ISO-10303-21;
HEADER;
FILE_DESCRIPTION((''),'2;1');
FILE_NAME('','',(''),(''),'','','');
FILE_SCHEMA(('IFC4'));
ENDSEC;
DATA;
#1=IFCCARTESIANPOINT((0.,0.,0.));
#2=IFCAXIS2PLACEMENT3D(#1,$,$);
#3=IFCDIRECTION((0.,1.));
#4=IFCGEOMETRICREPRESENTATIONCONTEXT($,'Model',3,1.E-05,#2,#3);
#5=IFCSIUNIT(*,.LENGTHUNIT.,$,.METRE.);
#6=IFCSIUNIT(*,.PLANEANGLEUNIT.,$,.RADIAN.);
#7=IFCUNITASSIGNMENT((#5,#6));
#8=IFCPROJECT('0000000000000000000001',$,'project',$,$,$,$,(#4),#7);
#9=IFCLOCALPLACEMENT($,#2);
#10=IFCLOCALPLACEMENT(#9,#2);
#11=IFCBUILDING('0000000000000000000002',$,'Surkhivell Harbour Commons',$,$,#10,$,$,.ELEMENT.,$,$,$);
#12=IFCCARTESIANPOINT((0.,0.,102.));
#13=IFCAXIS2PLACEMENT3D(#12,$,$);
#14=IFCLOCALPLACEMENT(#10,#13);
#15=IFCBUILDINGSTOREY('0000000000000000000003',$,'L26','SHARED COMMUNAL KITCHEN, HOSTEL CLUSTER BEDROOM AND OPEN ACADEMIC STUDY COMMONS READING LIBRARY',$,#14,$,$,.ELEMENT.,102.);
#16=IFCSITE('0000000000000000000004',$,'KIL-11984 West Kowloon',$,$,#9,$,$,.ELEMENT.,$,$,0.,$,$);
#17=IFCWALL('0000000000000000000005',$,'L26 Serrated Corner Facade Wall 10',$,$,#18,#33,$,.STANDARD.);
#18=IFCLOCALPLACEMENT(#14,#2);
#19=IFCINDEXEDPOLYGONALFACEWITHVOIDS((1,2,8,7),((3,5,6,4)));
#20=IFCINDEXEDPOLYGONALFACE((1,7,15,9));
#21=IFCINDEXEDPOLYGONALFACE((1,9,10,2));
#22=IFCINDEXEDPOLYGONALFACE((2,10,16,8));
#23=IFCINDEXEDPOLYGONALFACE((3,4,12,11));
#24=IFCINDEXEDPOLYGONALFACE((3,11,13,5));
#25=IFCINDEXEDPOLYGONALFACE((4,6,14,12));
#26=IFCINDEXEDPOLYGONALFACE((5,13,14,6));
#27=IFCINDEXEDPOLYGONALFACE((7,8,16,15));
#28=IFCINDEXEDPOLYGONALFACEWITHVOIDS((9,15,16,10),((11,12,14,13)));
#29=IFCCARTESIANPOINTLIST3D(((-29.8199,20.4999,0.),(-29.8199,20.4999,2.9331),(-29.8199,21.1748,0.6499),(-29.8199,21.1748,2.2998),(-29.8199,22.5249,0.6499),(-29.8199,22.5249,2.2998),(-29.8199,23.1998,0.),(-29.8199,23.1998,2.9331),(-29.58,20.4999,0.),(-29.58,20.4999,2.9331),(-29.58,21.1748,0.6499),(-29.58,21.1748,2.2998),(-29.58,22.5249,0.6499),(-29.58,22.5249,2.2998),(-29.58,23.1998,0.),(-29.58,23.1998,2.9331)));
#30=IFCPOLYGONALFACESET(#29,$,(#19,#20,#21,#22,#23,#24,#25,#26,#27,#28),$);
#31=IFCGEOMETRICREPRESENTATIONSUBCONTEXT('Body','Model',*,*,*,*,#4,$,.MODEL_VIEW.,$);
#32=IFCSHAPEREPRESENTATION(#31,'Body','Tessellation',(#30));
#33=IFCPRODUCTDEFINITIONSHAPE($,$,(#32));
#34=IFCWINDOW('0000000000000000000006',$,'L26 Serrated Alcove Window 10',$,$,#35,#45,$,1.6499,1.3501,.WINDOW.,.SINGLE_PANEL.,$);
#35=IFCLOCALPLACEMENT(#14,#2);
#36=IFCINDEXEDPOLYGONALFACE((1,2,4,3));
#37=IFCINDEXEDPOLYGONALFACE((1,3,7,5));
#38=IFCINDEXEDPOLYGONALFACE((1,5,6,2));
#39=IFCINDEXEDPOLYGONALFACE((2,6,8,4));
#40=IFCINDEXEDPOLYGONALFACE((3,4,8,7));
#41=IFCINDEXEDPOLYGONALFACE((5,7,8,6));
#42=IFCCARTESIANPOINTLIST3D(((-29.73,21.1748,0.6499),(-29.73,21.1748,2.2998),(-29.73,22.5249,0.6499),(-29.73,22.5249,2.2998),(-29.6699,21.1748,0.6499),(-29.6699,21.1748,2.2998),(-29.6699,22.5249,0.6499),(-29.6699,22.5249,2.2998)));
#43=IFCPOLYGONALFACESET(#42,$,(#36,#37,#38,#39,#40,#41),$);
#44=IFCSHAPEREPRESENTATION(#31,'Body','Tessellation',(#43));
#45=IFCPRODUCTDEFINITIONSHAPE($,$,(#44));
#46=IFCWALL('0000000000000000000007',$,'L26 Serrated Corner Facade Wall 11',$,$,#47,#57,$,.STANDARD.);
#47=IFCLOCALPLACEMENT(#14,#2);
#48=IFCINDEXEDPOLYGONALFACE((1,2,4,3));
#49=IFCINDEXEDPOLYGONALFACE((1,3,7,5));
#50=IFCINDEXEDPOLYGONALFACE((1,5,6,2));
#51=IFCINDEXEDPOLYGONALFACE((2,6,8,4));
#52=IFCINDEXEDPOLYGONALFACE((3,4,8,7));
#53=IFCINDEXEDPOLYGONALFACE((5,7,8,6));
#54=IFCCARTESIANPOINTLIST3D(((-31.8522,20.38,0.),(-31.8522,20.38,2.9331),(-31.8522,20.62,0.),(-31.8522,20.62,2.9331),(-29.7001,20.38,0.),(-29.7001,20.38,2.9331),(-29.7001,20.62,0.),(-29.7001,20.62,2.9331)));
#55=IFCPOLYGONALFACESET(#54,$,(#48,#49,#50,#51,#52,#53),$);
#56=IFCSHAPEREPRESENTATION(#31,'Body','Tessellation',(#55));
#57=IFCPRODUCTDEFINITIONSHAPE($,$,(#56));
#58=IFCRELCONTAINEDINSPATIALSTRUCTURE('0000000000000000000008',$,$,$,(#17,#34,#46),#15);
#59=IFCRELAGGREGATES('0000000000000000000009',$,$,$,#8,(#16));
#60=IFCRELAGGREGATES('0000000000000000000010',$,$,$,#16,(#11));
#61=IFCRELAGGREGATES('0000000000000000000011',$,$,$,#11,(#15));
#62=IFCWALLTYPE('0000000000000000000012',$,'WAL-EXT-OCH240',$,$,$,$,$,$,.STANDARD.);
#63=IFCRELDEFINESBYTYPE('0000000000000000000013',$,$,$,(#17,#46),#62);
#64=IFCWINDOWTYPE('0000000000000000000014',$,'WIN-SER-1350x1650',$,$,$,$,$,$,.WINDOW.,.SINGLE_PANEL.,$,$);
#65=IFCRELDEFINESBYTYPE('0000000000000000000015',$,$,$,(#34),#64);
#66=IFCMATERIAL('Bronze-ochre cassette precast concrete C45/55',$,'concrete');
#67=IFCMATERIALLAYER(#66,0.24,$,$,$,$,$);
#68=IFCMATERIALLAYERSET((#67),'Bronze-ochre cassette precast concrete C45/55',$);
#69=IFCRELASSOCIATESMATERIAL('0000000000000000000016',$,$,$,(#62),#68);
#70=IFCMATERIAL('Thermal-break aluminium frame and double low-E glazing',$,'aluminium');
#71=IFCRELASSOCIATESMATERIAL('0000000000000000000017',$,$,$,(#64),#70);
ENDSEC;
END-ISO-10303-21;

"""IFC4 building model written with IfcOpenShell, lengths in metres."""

from ifc_helpers import new_model, si_unit, direction, frame, frame_2d, origin, place, context, subcontext, project, spatial, rectangle, extrude, material, layer, layer_set, type_object, element, fill, save


model = new_model("IFC4")

# Units and contexts
model_context = context("Model", 3, precision=1e-05, world=origin(), true_north=direction((0.0, 1.0)))
body_context = subcontext(model_context, "Body", "Model", "MODEL_VIEW")
ifc_project = project(units=[si_unit("LENGTHUNIT", "METRE"), si_unit("PLANEANGLEUNIT", "RADIAN")], contexts=[model_context])

# Site, building, storey
site_placement = place(None, origin())
site = spatial("IfcSite", under=ifc_project, at=site_placement, Name="KIL-11984 West Kowloon", CompositionType="ELEMENT", RefElevation=0.0)
building_placement = place(site_placement, origin())
building = spatial("IfcBuilding", under=site, at=building_placement, Name="Surkhivell Harbour Commons", CompositionType="ELEMENT")
storey_placement = place(building_placement, frame((0.0, 0.0, 102.0)))
storey = spatial("IfcBuildingStorey", under=building, at=storey_placement, Name="L26", Description="SHARED COMMUNAL KITCHEN, HOSTEL CLUSTER BEDROOM AND OPEN ACADEMIC STUDY COMMONS READING LIBRARY", CompositionType="ELEMENT", Elevation=102.0)

# Shared definitions
ifc_material_1 = material(Name="Bronze-ochre cassette precast concrete C45/55", Category="concrete")
ifc_layer_1 = layer(ifc_material_1, 0.24)
ifc_layer_set_1 = layer_set([ifc_layer_1], Name="Bronze-ochre cassette precast concrete C45/55")
wall_type = type_object("IfcWallType", Name="WAL-EXT-OCH240", PredefinedType="STANDARD", material=ifc_layer_set_1)

# Wall, opening, window
wall_1_placement = place(storey_placement, frame((-29.7, 23.2, 0.0), z_axis=(0.0, 0.0, 1.0), x_axis=(0.0, -1.0, 0.0)))
wall_1 = element("IfcWall", 1, at=wall_1_placement, inside=storey, type_object=wall_type, Name="L26 Serrated Corner Facade Wall 10", PredefinedType="STANDARD", context=body_context, shape_type="SweptSolid", body=[
    extrude(rectangle(XDim=2.7, YDim=0.24, at=frame_2d((1.3501, 0.0))), origin(), (0.0, 0.0, 1.0), 2.9331),
])
opening_placement = place(wall_1_placement, frame((0.675, 0.0, 0.6499)))
opening = element("IfcOpeningElement", 2, at=opening_placement, cuts=wall_1, PredefinedType="OPENING", context=body_context, shape_type="SweptSolid", body=[
    extrude(rectangle(XDim=1.3501, YDim=1.6499, at=frame_2d((0.675, 0.825))), frame((0.0, 0.1299, 0.0), z_axis=(0.0, -1.0, 0.0), x_axis=(1.0, 0.0, 0.0)), (0.0, 0.0, 1.0), 0.26),
])
ifc_material_2 = material(Name="Thermal-break aluminium frame and double low-E glazing", Category="aluminium")
window_type = type_object("IfcWindowType", Name="WIN-SER-1350x1650", PartitioningType="SINGLE_PANEL", PredefinedType="WINDOW", material=ifc_material_2)
window_placement = place(opening_placement, origin())
window = element("IfcWindow", 3, at=window_placement, inside=storey, type_object=window_type, Name="L26 Serrated Alcove Window 10", OverallHeight=1.6499, OverallWidth=1.3501, PartitioningType="SINGLE_PANEL", PredefinedType="WINDOW", context=body_context, shape_type="SweptSolid", body=[
    extrude(rectangle(XDim=1.3501, YDim=1.6499, at=frame_2d((0.675, 0.825))), frame((0.0, 0.03, 0.0), z_axis=(0.0, -1.0, 0.0), x_axis=(1.0, 0.0, 0.0)), (0.0, 0.0, 1.0), 0.0601),
])
fill(opening, window)

# Wall
wall_2_placement = place(storey_placement, frame((-29.7, 20.5, 0.0), z_axis=(0.0, 0.0, 1.0), x_axis=(-1.0, 0.0, 0.0)))
element("IfcWall", 4, at=wall_2_placement, inside=storey, type_object=wall_type, Name="L26 Serrated Corner Facade Wall 11", PredefinedType="STANDARD", context=body_context, shape_type="SweptSolid", body=[
    extrude(rectangle(XDim=2.1521, YDim=0.24, at=frame_2d((1.0762, 0.0))), origin(), (0.0, 0.0, 1.0), 2.9331),
])

save(model, "model.ifc")
